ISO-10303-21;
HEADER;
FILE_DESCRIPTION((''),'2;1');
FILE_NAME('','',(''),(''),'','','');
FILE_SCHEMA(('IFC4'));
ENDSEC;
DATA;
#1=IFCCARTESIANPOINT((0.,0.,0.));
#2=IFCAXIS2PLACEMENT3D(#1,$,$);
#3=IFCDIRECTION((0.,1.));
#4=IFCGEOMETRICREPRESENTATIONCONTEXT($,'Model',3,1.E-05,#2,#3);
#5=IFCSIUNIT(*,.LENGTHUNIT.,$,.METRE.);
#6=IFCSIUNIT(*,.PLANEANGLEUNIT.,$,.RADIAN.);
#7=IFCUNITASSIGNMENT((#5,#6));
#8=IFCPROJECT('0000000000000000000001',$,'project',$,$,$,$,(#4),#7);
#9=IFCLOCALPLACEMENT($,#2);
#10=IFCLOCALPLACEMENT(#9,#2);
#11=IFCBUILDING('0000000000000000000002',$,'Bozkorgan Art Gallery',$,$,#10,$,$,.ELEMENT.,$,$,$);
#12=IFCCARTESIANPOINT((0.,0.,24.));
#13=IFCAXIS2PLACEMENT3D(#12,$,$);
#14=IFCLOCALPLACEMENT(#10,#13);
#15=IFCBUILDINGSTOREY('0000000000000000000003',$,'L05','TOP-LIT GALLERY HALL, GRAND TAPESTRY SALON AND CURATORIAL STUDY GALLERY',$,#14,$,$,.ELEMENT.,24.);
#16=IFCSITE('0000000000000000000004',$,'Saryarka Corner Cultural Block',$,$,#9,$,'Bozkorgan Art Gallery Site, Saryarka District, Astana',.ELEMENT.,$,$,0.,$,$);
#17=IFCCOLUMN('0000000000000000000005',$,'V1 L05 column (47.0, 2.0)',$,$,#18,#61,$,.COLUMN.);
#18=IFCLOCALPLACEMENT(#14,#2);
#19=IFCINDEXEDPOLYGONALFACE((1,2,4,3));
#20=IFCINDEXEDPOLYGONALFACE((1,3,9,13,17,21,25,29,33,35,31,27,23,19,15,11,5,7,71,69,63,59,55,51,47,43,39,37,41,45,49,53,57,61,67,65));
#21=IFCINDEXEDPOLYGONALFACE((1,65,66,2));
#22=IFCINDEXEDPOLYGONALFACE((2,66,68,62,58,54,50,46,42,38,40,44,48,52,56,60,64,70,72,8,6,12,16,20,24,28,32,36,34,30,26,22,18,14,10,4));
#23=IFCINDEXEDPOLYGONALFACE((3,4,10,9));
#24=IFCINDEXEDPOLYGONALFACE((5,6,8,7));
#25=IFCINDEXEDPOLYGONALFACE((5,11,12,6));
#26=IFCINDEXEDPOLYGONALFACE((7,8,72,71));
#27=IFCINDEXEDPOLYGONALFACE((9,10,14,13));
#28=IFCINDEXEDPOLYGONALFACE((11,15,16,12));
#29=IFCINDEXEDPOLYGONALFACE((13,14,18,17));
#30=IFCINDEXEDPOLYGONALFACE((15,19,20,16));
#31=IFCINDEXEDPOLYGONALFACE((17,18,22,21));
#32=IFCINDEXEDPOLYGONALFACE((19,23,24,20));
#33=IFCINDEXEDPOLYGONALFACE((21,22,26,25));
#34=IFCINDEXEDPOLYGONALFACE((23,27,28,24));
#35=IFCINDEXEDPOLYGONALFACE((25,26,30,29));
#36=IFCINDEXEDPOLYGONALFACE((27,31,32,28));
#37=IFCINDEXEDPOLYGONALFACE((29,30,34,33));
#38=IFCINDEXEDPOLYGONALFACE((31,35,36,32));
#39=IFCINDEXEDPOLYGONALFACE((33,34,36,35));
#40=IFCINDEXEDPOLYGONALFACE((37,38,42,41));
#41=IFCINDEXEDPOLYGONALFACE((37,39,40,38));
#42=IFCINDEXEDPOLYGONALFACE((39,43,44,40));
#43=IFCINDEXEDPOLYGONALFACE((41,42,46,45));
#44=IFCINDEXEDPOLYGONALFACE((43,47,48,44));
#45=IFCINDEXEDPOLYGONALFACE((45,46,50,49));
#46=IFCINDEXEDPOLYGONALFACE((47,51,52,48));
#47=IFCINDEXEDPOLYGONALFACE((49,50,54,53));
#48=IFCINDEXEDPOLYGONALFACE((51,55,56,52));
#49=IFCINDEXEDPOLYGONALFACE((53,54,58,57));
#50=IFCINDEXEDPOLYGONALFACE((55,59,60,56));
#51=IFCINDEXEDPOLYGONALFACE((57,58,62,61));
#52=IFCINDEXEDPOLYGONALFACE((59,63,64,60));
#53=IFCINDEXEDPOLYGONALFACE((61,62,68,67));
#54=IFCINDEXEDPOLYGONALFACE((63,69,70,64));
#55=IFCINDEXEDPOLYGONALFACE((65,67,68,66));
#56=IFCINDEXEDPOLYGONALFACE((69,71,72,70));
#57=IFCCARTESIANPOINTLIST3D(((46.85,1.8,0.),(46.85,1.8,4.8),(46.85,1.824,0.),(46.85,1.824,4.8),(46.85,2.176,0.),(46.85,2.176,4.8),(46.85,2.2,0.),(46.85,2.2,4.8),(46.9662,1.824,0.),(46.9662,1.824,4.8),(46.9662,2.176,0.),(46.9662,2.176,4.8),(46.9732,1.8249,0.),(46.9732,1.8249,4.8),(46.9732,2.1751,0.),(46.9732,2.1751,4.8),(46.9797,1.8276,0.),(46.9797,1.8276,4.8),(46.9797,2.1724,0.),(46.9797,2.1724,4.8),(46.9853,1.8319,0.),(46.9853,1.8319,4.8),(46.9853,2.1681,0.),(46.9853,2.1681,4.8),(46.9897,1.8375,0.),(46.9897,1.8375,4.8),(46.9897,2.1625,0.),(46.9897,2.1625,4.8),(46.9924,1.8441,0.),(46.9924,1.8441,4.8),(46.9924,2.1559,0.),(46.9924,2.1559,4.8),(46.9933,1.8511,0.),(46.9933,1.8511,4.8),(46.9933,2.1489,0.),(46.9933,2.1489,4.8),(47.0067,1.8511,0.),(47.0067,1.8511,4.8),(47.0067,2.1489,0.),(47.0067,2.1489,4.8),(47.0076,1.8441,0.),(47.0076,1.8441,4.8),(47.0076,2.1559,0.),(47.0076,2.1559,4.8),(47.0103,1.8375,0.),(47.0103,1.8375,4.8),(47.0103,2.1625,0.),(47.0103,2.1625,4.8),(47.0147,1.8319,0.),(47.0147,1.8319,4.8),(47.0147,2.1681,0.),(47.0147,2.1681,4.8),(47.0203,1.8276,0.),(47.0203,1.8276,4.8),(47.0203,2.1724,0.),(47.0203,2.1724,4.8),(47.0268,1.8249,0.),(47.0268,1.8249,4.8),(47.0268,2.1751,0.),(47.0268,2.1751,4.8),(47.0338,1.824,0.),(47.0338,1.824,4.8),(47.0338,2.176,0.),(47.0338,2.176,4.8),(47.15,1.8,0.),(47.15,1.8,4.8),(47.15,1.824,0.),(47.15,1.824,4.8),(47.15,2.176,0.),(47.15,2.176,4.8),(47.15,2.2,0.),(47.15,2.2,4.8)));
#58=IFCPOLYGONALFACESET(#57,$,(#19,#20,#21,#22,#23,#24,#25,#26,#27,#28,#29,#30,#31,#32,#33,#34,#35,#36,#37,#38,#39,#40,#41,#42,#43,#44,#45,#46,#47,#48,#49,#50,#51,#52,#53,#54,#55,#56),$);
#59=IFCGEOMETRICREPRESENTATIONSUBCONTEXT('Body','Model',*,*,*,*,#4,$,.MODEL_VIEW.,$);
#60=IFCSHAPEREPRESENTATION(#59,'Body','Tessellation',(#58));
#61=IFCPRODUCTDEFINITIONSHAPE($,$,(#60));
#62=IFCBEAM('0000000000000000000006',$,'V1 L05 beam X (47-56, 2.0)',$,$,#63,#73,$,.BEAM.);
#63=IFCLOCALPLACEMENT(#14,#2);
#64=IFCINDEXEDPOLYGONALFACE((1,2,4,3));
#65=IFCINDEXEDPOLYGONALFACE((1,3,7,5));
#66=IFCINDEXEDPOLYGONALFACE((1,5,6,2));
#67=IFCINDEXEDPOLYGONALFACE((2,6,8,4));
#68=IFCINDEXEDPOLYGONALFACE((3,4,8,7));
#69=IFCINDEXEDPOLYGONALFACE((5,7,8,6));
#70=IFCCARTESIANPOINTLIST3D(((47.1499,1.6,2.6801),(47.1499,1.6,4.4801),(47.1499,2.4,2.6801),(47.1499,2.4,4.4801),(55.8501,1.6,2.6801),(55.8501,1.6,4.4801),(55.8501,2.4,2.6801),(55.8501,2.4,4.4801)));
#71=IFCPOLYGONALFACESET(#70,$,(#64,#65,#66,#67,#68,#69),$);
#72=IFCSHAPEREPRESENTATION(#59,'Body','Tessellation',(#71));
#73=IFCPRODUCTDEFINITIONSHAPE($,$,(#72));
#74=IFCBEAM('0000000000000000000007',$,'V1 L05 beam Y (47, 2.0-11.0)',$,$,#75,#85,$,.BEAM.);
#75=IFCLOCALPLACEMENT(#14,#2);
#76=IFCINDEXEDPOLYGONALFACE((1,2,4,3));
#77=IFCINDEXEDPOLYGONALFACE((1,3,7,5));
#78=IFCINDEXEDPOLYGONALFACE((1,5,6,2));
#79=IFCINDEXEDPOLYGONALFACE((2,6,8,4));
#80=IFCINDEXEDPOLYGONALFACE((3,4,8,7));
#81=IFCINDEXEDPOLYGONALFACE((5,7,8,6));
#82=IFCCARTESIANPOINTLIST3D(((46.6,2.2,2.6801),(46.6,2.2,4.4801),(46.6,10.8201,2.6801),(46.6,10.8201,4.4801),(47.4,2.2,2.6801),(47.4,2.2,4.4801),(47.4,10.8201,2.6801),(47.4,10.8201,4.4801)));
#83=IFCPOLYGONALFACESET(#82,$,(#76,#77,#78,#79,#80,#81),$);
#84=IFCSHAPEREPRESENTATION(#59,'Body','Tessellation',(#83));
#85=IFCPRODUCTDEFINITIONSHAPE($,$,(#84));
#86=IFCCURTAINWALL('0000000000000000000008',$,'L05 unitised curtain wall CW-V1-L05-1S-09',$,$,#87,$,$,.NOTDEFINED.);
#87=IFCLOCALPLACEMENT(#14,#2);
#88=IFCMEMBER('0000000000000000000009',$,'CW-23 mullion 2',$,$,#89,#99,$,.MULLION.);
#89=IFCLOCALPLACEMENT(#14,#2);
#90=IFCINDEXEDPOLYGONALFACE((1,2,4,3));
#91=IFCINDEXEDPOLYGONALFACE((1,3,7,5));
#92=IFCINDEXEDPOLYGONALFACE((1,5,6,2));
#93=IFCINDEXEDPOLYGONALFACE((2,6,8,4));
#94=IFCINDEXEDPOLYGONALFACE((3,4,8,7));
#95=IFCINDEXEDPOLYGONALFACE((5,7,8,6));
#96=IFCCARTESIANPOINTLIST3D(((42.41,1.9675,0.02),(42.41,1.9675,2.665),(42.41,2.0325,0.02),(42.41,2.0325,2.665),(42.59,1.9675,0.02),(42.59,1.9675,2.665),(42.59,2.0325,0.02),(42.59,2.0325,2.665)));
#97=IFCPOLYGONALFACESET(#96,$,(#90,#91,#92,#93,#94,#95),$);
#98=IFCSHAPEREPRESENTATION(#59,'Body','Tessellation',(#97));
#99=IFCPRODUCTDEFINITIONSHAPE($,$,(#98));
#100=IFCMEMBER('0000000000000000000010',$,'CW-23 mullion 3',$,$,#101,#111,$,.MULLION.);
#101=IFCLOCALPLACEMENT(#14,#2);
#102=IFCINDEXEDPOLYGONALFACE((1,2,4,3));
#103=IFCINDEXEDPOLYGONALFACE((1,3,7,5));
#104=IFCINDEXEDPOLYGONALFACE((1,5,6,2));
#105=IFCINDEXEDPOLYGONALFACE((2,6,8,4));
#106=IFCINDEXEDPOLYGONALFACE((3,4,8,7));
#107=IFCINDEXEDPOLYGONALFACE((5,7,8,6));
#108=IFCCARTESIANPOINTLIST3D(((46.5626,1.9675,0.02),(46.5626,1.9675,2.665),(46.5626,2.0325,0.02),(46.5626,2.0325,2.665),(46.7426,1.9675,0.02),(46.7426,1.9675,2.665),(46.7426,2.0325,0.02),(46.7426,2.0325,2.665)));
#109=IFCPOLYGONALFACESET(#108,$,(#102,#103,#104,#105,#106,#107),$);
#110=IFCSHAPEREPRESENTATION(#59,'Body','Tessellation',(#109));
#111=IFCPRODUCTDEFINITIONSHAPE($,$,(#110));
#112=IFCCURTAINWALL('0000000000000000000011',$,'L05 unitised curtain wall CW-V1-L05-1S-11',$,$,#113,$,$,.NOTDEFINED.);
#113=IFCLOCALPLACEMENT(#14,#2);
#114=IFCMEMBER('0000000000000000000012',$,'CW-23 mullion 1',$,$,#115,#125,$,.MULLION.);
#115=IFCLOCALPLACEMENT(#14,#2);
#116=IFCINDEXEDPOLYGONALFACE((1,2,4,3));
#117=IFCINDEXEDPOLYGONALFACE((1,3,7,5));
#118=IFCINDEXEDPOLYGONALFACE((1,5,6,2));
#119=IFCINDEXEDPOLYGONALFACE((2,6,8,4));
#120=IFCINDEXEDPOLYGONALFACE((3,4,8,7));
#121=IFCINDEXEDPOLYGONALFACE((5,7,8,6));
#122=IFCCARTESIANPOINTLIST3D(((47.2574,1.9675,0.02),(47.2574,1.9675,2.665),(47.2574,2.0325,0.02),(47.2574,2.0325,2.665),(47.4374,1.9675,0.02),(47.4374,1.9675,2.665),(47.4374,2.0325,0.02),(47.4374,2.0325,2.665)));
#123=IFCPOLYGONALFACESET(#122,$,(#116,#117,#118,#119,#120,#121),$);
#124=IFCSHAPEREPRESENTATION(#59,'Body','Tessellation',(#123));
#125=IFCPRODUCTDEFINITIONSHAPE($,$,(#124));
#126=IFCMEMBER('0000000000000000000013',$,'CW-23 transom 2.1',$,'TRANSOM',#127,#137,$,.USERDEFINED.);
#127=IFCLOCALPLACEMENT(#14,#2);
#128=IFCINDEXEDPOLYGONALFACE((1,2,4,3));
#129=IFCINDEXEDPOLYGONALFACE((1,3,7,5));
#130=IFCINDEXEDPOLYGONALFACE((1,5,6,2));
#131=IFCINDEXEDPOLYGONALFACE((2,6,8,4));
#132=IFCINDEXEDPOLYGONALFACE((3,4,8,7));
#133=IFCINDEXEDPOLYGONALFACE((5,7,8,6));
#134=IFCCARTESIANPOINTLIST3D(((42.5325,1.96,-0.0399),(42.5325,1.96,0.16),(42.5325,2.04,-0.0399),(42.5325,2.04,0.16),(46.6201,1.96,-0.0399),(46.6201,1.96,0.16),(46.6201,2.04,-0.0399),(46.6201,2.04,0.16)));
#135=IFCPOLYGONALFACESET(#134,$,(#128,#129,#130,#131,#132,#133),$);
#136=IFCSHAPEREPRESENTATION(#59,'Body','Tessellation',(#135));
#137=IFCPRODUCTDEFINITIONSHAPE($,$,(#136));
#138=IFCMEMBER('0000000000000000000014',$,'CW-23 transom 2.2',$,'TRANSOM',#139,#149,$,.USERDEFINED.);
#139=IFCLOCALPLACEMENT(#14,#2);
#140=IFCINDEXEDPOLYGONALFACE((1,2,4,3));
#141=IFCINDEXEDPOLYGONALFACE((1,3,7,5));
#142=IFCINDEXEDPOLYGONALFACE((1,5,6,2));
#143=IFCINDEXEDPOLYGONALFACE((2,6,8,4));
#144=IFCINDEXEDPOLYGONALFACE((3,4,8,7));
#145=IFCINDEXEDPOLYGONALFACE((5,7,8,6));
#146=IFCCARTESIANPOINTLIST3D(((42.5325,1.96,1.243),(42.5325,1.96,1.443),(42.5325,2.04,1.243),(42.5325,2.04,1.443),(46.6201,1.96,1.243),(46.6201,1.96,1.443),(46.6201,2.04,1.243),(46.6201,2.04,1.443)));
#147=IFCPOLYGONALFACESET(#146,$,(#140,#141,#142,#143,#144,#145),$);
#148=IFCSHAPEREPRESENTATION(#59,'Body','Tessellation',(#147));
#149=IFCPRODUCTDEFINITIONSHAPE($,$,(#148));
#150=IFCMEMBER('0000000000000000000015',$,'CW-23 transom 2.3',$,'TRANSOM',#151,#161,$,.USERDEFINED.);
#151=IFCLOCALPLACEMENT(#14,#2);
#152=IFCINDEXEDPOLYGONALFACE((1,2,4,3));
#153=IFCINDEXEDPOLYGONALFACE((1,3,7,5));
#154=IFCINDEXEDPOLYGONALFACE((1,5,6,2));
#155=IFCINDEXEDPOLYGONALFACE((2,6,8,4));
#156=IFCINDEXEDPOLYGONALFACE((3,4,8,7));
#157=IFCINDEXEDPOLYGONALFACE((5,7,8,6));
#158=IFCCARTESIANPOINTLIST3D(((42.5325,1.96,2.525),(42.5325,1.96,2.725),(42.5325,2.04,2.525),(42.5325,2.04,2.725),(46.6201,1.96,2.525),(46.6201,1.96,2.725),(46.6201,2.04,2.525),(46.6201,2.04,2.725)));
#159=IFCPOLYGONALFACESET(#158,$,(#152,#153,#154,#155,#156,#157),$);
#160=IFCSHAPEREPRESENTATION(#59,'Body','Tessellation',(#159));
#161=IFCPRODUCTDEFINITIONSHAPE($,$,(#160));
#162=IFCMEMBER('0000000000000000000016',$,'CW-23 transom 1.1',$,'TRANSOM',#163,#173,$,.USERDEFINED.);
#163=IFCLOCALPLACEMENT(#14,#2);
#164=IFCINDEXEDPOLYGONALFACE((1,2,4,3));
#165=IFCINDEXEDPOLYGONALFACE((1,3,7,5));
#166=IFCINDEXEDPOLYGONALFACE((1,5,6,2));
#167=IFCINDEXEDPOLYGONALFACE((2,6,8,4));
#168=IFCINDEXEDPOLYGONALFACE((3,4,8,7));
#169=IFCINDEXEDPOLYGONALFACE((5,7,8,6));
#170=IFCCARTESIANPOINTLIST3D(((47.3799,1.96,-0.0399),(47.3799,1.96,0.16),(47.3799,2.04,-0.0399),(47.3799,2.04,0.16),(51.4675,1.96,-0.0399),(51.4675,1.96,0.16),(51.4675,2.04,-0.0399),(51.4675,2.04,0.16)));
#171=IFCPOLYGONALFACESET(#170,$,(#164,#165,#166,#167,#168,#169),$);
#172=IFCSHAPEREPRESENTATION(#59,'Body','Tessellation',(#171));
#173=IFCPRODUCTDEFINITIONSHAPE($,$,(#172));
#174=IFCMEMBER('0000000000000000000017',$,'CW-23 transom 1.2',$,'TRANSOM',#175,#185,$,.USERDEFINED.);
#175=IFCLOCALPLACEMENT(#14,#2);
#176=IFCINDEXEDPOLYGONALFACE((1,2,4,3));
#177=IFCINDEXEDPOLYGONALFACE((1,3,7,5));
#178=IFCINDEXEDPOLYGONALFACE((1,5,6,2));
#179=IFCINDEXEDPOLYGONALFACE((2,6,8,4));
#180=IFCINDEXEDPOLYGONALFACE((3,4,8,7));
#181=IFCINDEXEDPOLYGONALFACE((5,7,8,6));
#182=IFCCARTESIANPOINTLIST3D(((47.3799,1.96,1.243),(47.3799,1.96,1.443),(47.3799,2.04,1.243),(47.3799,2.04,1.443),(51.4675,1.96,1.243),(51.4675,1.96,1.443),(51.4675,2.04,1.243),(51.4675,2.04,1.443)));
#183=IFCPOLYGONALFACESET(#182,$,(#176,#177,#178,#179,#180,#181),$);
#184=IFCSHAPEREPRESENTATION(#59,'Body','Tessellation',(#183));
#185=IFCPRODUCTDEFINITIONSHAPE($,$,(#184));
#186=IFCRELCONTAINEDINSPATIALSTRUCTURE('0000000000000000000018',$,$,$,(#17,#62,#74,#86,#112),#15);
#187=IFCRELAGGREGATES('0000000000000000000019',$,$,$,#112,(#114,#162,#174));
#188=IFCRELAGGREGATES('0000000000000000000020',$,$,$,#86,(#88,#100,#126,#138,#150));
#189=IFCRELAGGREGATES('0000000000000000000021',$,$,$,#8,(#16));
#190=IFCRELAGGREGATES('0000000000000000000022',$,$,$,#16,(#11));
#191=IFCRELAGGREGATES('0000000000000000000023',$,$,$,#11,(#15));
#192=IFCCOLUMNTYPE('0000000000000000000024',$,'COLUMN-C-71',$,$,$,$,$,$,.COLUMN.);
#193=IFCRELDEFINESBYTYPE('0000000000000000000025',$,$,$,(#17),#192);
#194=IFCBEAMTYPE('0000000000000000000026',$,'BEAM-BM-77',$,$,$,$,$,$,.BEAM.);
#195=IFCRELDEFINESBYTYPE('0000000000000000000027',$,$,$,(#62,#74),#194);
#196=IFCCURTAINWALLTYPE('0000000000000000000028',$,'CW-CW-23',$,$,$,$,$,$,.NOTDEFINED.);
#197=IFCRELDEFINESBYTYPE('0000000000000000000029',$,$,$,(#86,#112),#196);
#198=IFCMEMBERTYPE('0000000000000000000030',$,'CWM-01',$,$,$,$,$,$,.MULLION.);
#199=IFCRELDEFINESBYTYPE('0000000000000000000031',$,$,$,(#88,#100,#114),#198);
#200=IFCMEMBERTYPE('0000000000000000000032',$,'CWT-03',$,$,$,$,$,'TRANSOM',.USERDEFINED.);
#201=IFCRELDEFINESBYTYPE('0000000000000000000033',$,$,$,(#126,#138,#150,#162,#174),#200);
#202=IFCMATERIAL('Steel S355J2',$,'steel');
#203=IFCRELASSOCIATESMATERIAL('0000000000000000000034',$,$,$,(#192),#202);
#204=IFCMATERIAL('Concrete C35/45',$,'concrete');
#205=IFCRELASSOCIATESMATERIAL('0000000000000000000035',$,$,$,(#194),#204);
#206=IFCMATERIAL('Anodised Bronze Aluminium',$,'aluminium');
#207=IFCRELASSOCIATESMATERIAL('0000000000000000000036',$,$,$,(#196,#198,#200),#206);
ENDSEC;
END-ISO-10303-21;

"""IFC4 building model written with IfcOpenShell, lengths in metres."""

from ifc_helpers import new_model, si_unit, direction, frame, origin, origin_2d, place, context, subcontext, project, spatial, rectangle, i_section, extrude, material, material_profile, profile_set, type_object, element, aggregate, save


model = new_model("IFC4")

# Units and contexts
model_context = context("Model", 3, precision=1e-05, world=origin(), true_north=direction((0.0, 1.0)))
body_context = subcontext(model_context, "Body", "Model", "MODEL_VIEW")
ifc_project = project(units=[si_unit("LENGTHUNIT", "METRE"), si_unit("PLANEANGLEUNIT", "RADIAN")], contexts=[model_context])

# Site, building, storey
site_placement = place(None, origin())
site = spatial("IfcSite", under=ifc_project, at=site_placement, Name="Saryarka Corner Cultural Block", LongName="Bozkorgan Art Gallery Site, Saryarka District, Astana", CompositionType="ELEMENT", RefElevation=0.0)
building_placement = place(site_placement, origin())
building = spatial("IfcBuilding", under=site, at=building_placement, Name="Bozkorgan Art Gallery", CompositionType="ELEMENT")
storey_placement = place(building_placement, frame((0.0, 0.0, 24.0)))
storey = spatial("IfcBuildingStorey", under=building, at=storey_placement, Name="L05", Description="TOP-LIT GALLERY HALL, GRAND TAPESTRY SALON AND CURATORIAL STUDY GALLERY", CompositionType="ELEMENT", Elevation=24.0)

# Column
ifc_material_1 = material(Name="Steel S355J2", Category="steel")
ifc_material_profile_1 = material_profile(ifc_material_1, i_section(OverallWidth=0.3, OverallDepth=0.3999, WebThickness=0.0134, FlangeThickness=0.0239, FilletRadius=0.0271, at=origin_2d()), Name="HEB 400")
ifc_profile_set_1 = profile_set([ifc_material_profile_1], Name="Steel S355J2")
column_type = type_object("IfcColumnType", Name="COLUMN-C-71", PredefinedType="COLUMN", material=ifc_profile_set_1)
column_placement = place(storey_placement, frame((47.0, 2.0, 0.0), z_axis=(0.0, 0.0, 1.0), x_axis=(1.0, 0.0, 0.0)))
element("IfcColumn", 1, at=column_placement, inside=storey, type_object=column_type, Name="V1 L05 column (47.0, 2.0)", PredefinedType="COLUMN", context=body_context, shape_type="SweptSolid", body=[
    extrude(i_section(OverallWidth=0.3, OverallDepth=0.3999, WebThickness=0.0134, FlangeThickness=0.0239, FilletRadius=0.0271, at=origin_2d()), origin(), (0.0, 0.0, 1.0), 4.8),
])

# Beams
ifc_material_2 = material(Name="Concrete C35/45", Category="concrete")
ifc_material_profile_2 = material_profile(ifc_material_2, rectangle(XDim=0.8, YDim=1.8, at=origin_2d()), Name="RC 800x1800")
ifc_profile_set_2 = profile_set([ifc_material_profile_2], Name="Concrete C35/45")
beam_type = type_object("IfcBeamType", Name="BEAM-BM-77", PredefinedType="BEAM", material=ifc_profile_set_2)
beam_1_placement = place(storey_placement, frame((47.1499, 2.0, 3.5801), z_axis=(1.0, 0.0, 0.0), x_axis=(0.0, 1.0, 0.0)))
element("IfcBeam", 2, at=beam_1_placement, inside=storey, type_object=beam_type, Name="V1 L05 beam X (47-56, 2.0)", PredefinedType="BEAM", context=body_context, shape_type="SweptSolid", body=[
    extrude(rectangle(XDim=0.8, YDim=1.8, at=origin_2d()), origin(), (0.0, 0.0, 1.0), 8.7002),
])
beam_2_placement = place(storey_placement, frame((47.0, 2.2, 3.5801), z_axis=(0.0, 1.0, 0.0), x_axis=(-1.0, 0.0, 0.0)))
element("IfcBeam", 3, at=beam_2_placement, inside=storey, type_object=beam_type, Name="V1 L05 beam Y (47, 2.0-11.0)", PredefinedType="BEAM", context=body_context, shape_type="SweptSolid", body=[
    extrude(rectangle(XDim=0.8, YDim=1.8, at=origin_2d()), origin(), (0.0, 0.0, 1.0), 8.6201),
])

# Curtain wall, members
ifc_material_3 = material(Name="Anodised Bronze Aluminium", Category="aluminium")
curtain_wall_type = type_object("IfcCurtainWallType", Name="CW-CW-23", PredefinedType="NOTDEFINED", material=ifc_material_3)
curtain_wall_1_placement = place(storey_placement, origin())
curtain_wall_1 = element("IfcCurtainWall", 4, at=curtain_wall_1_placement, inside=storey, type_object=curtain_wall_type, Name="L05 unitised curtain wall CW-V1-L05-1S-09", PredefinedType="NOTDEFINED")
ifc_material_profile_3 = material_profile(ifc_material_3, rectangle(XDim=0.0649, YDim=0.1799, at=origin_2d()), Name="ALU MULLION 65x180")
ifc_profile_set_3 = profile_set([ifc_material_profile_3], Name="Anodised Bronze Aluminium")
member_type_1 = type_object("IfcMemberType", Name="CWM-01", PredefinedType="MULLION", material=ifc_profile_set_3)
member_1_placement = place(storey_placement, frame((42.5, 2.0, 0.02), z_axis=(0.0, 0.0, 1.0), x_axis=(0.0, 1.0, 0.0)))
member_1 = element("IfcMember", 5, at=member_1_placement, type_object=member_type_1, Name="CW-23 mullion 2", PredefinedType="MULLION", context=body_context, shape_type="SweptSolid", body=[
    extrude(rectangle(XDim=0.0649, YDim=0.1799, at=origin_2d()), origin(), (0.0, 0.0, 1.0), 2.645),
])
member_2_placement = place(storey_placement, frame((46.6526, 2.0, 0.02), z_axis=(0.0, 0.0, 1.0), x_axis=(0.0, 1.0, 0.0)))
member_2 = element("IfcMember", 6, at=member_2_placement, type_object=member_type_1, Name="CW-23 mullion 3", PredefinedType="MULLION", context=body_context, shape_type="SweptSolid", body=[
    extrude(rectangle(XDim=0.0649, YDim=0.1799, at=origin_2d()), origin(), (0.0, 0.0, 1.0), 2.645),
])

# Curtain wall, member
curtain_wall_2_placement = place(storey_placement, origin())
curtain_wall_2 = element("IfcCurtainWall", 7, at=curtain_wall_2_placement, inside=storey, type_object=curtain_wall_type, Name="L05 unitised curtain wall CW-V1-L05-1S-11", PredefinedType="NOTDEFINED")
member_3_placement = place(storey_placement, frame((47.3474, 2.0, 0.02), z_axis=(0.0, 0.0, 1.0), x_axis=(0.0, 1.0, 0.0)))
member_3 = element("IfcMember", 8, at=member_3_placement, type_object=member_type_1, Name="CW-23 mullion 1", PredefinedType="MULLION", context=body_context, shape_type="SweptSolid", body=[
    extrude(rectangle(XDim=0.0649, YDim=0.1799, at=origin_2d()), origin(), (0.0, 0.0, 1.0), 2.645),
])

# Members
ifc_material_profile_4 = material_profile(ifc_material_3, rectangle(XDim=0.0801, YDim=0.2, at=origin_2d()), Name="ALU TRANSOM 80x200")
ifc_profile_set_4 = profile_set([ifc_material_profile_4], Name="Anodised Bronze Aluminium")
member_type_2 = type_object("IfcMemberType", Name="CWT-03", ElementType="TRANSOM", PredefinedType="USERDEFINED", material=ifc_profile_set_4)
member_4_placement = place(storey_placement, frame((42.5325, 2.0, 0.0601), z_axis=(1.0, 0.0, 0.0), x_axis=(0.0, 1.0, 0.0)))
member_4 = element("IfcMember", 9, at=member_4_placement, type_object=member_type_2, Name="CW-23 transom 2.1", ObjectType="TRANSOM", PredefinedType="USERDEFINED", context=body_context, shape_type="SweptSolid", body=[
    extrude(rectangle(XDim=0.0801, YDim=0.2, at=origin_2d()), origin(), (0.0, 0.0, 1.0), 4.0876),
])
member_5_placement = place(storey_placement, frame((42.5325, 2.0, 1.343), z_axis=(1.0, 0.0, 0.0), x_axis=(0.0, 1.0, 0.0)))
member_5 = element("IfcMember", 10, at=member_5_placement, type_object=member_type_2, Name="CW-23 transom 2.2", ObjectType="TRANSOM", PredefinedType="USERDEFINED", context=body_context, shape_type="SweptSolid", body=[
    extrude(rectangle(XDim=0.0801, YDim=0.2, at=origin_2d()), origin(), (0.0, 0.0, 1.0), 4.0876),
])
member_6_placement = place(storey_placement, frame((42.5325, 2.0, 2.625), z_axis=(1.0, 0.0, 0.0), x_axis=(0.0, 1.0, 0.0)))
member_6 = element("IfcMember", 11, at=member_6_placement, type_object=member_type_2, Name="CW-23 transom 2.3", ObjectType="TRANSOM", PredefinedType="USERDEFINED", context=body_context, shape_type="SweptSolid", body=[
    extrude(rectangle(XDim=0.0801, YDim=0.2, at=origin_2d()), origin(), (0.0, 0.0, 1.0), 4.0876),
])
member_7_placement = place(storey_placement, frame((47.3799, 2.0, 0.0601), z_axis=(1.0, 0.0, 0.0), x_axis=(0.0, 1.0, 0.0)))
member_7 = element("IfcMember", 12, at=member_7_placement, type_object=member_type_2, Name="CW-23 transom 1.1", ObjectType="TRANSOM", PredefinedType="USERDEFINED", context=body_context, shape_type="SweptSolid", body=[
    extrude(rectangle(XDim=0.0801, YDim=0.2, at=origin_2d()), origin(), (0.0, 0.0, 1.0), 4.0876),
])
member_8_placement = place(storey_placement, frame((47.3799, 2.0, 1.343), z_axis=(1.0, 0.0, 0.0), x_axis=(0.0, 1.0, 0.0)))
member_8 = element("IfcMember", 13, at=member_8_placement, type_object=member_type_2, Name="CW-23 transom 1.2", ObjectType="TRANSOM", PredefinedType="USERDEFINED", context=body_context, shape_type="SweptSolid", body=[
    extrude(rectangle(XDim=0.0801, YDim=0.2, at=origin_2d()), origin(), (0.0, 0.0, 1.0), 4.0876),
])
aggregate(curtain_wall_2, [member_3, member_7, member_8])

aggregate(curtain_wall_1, [member_1, member_2, member_4, member_5, member_6])

save(model, "model.ifc")
